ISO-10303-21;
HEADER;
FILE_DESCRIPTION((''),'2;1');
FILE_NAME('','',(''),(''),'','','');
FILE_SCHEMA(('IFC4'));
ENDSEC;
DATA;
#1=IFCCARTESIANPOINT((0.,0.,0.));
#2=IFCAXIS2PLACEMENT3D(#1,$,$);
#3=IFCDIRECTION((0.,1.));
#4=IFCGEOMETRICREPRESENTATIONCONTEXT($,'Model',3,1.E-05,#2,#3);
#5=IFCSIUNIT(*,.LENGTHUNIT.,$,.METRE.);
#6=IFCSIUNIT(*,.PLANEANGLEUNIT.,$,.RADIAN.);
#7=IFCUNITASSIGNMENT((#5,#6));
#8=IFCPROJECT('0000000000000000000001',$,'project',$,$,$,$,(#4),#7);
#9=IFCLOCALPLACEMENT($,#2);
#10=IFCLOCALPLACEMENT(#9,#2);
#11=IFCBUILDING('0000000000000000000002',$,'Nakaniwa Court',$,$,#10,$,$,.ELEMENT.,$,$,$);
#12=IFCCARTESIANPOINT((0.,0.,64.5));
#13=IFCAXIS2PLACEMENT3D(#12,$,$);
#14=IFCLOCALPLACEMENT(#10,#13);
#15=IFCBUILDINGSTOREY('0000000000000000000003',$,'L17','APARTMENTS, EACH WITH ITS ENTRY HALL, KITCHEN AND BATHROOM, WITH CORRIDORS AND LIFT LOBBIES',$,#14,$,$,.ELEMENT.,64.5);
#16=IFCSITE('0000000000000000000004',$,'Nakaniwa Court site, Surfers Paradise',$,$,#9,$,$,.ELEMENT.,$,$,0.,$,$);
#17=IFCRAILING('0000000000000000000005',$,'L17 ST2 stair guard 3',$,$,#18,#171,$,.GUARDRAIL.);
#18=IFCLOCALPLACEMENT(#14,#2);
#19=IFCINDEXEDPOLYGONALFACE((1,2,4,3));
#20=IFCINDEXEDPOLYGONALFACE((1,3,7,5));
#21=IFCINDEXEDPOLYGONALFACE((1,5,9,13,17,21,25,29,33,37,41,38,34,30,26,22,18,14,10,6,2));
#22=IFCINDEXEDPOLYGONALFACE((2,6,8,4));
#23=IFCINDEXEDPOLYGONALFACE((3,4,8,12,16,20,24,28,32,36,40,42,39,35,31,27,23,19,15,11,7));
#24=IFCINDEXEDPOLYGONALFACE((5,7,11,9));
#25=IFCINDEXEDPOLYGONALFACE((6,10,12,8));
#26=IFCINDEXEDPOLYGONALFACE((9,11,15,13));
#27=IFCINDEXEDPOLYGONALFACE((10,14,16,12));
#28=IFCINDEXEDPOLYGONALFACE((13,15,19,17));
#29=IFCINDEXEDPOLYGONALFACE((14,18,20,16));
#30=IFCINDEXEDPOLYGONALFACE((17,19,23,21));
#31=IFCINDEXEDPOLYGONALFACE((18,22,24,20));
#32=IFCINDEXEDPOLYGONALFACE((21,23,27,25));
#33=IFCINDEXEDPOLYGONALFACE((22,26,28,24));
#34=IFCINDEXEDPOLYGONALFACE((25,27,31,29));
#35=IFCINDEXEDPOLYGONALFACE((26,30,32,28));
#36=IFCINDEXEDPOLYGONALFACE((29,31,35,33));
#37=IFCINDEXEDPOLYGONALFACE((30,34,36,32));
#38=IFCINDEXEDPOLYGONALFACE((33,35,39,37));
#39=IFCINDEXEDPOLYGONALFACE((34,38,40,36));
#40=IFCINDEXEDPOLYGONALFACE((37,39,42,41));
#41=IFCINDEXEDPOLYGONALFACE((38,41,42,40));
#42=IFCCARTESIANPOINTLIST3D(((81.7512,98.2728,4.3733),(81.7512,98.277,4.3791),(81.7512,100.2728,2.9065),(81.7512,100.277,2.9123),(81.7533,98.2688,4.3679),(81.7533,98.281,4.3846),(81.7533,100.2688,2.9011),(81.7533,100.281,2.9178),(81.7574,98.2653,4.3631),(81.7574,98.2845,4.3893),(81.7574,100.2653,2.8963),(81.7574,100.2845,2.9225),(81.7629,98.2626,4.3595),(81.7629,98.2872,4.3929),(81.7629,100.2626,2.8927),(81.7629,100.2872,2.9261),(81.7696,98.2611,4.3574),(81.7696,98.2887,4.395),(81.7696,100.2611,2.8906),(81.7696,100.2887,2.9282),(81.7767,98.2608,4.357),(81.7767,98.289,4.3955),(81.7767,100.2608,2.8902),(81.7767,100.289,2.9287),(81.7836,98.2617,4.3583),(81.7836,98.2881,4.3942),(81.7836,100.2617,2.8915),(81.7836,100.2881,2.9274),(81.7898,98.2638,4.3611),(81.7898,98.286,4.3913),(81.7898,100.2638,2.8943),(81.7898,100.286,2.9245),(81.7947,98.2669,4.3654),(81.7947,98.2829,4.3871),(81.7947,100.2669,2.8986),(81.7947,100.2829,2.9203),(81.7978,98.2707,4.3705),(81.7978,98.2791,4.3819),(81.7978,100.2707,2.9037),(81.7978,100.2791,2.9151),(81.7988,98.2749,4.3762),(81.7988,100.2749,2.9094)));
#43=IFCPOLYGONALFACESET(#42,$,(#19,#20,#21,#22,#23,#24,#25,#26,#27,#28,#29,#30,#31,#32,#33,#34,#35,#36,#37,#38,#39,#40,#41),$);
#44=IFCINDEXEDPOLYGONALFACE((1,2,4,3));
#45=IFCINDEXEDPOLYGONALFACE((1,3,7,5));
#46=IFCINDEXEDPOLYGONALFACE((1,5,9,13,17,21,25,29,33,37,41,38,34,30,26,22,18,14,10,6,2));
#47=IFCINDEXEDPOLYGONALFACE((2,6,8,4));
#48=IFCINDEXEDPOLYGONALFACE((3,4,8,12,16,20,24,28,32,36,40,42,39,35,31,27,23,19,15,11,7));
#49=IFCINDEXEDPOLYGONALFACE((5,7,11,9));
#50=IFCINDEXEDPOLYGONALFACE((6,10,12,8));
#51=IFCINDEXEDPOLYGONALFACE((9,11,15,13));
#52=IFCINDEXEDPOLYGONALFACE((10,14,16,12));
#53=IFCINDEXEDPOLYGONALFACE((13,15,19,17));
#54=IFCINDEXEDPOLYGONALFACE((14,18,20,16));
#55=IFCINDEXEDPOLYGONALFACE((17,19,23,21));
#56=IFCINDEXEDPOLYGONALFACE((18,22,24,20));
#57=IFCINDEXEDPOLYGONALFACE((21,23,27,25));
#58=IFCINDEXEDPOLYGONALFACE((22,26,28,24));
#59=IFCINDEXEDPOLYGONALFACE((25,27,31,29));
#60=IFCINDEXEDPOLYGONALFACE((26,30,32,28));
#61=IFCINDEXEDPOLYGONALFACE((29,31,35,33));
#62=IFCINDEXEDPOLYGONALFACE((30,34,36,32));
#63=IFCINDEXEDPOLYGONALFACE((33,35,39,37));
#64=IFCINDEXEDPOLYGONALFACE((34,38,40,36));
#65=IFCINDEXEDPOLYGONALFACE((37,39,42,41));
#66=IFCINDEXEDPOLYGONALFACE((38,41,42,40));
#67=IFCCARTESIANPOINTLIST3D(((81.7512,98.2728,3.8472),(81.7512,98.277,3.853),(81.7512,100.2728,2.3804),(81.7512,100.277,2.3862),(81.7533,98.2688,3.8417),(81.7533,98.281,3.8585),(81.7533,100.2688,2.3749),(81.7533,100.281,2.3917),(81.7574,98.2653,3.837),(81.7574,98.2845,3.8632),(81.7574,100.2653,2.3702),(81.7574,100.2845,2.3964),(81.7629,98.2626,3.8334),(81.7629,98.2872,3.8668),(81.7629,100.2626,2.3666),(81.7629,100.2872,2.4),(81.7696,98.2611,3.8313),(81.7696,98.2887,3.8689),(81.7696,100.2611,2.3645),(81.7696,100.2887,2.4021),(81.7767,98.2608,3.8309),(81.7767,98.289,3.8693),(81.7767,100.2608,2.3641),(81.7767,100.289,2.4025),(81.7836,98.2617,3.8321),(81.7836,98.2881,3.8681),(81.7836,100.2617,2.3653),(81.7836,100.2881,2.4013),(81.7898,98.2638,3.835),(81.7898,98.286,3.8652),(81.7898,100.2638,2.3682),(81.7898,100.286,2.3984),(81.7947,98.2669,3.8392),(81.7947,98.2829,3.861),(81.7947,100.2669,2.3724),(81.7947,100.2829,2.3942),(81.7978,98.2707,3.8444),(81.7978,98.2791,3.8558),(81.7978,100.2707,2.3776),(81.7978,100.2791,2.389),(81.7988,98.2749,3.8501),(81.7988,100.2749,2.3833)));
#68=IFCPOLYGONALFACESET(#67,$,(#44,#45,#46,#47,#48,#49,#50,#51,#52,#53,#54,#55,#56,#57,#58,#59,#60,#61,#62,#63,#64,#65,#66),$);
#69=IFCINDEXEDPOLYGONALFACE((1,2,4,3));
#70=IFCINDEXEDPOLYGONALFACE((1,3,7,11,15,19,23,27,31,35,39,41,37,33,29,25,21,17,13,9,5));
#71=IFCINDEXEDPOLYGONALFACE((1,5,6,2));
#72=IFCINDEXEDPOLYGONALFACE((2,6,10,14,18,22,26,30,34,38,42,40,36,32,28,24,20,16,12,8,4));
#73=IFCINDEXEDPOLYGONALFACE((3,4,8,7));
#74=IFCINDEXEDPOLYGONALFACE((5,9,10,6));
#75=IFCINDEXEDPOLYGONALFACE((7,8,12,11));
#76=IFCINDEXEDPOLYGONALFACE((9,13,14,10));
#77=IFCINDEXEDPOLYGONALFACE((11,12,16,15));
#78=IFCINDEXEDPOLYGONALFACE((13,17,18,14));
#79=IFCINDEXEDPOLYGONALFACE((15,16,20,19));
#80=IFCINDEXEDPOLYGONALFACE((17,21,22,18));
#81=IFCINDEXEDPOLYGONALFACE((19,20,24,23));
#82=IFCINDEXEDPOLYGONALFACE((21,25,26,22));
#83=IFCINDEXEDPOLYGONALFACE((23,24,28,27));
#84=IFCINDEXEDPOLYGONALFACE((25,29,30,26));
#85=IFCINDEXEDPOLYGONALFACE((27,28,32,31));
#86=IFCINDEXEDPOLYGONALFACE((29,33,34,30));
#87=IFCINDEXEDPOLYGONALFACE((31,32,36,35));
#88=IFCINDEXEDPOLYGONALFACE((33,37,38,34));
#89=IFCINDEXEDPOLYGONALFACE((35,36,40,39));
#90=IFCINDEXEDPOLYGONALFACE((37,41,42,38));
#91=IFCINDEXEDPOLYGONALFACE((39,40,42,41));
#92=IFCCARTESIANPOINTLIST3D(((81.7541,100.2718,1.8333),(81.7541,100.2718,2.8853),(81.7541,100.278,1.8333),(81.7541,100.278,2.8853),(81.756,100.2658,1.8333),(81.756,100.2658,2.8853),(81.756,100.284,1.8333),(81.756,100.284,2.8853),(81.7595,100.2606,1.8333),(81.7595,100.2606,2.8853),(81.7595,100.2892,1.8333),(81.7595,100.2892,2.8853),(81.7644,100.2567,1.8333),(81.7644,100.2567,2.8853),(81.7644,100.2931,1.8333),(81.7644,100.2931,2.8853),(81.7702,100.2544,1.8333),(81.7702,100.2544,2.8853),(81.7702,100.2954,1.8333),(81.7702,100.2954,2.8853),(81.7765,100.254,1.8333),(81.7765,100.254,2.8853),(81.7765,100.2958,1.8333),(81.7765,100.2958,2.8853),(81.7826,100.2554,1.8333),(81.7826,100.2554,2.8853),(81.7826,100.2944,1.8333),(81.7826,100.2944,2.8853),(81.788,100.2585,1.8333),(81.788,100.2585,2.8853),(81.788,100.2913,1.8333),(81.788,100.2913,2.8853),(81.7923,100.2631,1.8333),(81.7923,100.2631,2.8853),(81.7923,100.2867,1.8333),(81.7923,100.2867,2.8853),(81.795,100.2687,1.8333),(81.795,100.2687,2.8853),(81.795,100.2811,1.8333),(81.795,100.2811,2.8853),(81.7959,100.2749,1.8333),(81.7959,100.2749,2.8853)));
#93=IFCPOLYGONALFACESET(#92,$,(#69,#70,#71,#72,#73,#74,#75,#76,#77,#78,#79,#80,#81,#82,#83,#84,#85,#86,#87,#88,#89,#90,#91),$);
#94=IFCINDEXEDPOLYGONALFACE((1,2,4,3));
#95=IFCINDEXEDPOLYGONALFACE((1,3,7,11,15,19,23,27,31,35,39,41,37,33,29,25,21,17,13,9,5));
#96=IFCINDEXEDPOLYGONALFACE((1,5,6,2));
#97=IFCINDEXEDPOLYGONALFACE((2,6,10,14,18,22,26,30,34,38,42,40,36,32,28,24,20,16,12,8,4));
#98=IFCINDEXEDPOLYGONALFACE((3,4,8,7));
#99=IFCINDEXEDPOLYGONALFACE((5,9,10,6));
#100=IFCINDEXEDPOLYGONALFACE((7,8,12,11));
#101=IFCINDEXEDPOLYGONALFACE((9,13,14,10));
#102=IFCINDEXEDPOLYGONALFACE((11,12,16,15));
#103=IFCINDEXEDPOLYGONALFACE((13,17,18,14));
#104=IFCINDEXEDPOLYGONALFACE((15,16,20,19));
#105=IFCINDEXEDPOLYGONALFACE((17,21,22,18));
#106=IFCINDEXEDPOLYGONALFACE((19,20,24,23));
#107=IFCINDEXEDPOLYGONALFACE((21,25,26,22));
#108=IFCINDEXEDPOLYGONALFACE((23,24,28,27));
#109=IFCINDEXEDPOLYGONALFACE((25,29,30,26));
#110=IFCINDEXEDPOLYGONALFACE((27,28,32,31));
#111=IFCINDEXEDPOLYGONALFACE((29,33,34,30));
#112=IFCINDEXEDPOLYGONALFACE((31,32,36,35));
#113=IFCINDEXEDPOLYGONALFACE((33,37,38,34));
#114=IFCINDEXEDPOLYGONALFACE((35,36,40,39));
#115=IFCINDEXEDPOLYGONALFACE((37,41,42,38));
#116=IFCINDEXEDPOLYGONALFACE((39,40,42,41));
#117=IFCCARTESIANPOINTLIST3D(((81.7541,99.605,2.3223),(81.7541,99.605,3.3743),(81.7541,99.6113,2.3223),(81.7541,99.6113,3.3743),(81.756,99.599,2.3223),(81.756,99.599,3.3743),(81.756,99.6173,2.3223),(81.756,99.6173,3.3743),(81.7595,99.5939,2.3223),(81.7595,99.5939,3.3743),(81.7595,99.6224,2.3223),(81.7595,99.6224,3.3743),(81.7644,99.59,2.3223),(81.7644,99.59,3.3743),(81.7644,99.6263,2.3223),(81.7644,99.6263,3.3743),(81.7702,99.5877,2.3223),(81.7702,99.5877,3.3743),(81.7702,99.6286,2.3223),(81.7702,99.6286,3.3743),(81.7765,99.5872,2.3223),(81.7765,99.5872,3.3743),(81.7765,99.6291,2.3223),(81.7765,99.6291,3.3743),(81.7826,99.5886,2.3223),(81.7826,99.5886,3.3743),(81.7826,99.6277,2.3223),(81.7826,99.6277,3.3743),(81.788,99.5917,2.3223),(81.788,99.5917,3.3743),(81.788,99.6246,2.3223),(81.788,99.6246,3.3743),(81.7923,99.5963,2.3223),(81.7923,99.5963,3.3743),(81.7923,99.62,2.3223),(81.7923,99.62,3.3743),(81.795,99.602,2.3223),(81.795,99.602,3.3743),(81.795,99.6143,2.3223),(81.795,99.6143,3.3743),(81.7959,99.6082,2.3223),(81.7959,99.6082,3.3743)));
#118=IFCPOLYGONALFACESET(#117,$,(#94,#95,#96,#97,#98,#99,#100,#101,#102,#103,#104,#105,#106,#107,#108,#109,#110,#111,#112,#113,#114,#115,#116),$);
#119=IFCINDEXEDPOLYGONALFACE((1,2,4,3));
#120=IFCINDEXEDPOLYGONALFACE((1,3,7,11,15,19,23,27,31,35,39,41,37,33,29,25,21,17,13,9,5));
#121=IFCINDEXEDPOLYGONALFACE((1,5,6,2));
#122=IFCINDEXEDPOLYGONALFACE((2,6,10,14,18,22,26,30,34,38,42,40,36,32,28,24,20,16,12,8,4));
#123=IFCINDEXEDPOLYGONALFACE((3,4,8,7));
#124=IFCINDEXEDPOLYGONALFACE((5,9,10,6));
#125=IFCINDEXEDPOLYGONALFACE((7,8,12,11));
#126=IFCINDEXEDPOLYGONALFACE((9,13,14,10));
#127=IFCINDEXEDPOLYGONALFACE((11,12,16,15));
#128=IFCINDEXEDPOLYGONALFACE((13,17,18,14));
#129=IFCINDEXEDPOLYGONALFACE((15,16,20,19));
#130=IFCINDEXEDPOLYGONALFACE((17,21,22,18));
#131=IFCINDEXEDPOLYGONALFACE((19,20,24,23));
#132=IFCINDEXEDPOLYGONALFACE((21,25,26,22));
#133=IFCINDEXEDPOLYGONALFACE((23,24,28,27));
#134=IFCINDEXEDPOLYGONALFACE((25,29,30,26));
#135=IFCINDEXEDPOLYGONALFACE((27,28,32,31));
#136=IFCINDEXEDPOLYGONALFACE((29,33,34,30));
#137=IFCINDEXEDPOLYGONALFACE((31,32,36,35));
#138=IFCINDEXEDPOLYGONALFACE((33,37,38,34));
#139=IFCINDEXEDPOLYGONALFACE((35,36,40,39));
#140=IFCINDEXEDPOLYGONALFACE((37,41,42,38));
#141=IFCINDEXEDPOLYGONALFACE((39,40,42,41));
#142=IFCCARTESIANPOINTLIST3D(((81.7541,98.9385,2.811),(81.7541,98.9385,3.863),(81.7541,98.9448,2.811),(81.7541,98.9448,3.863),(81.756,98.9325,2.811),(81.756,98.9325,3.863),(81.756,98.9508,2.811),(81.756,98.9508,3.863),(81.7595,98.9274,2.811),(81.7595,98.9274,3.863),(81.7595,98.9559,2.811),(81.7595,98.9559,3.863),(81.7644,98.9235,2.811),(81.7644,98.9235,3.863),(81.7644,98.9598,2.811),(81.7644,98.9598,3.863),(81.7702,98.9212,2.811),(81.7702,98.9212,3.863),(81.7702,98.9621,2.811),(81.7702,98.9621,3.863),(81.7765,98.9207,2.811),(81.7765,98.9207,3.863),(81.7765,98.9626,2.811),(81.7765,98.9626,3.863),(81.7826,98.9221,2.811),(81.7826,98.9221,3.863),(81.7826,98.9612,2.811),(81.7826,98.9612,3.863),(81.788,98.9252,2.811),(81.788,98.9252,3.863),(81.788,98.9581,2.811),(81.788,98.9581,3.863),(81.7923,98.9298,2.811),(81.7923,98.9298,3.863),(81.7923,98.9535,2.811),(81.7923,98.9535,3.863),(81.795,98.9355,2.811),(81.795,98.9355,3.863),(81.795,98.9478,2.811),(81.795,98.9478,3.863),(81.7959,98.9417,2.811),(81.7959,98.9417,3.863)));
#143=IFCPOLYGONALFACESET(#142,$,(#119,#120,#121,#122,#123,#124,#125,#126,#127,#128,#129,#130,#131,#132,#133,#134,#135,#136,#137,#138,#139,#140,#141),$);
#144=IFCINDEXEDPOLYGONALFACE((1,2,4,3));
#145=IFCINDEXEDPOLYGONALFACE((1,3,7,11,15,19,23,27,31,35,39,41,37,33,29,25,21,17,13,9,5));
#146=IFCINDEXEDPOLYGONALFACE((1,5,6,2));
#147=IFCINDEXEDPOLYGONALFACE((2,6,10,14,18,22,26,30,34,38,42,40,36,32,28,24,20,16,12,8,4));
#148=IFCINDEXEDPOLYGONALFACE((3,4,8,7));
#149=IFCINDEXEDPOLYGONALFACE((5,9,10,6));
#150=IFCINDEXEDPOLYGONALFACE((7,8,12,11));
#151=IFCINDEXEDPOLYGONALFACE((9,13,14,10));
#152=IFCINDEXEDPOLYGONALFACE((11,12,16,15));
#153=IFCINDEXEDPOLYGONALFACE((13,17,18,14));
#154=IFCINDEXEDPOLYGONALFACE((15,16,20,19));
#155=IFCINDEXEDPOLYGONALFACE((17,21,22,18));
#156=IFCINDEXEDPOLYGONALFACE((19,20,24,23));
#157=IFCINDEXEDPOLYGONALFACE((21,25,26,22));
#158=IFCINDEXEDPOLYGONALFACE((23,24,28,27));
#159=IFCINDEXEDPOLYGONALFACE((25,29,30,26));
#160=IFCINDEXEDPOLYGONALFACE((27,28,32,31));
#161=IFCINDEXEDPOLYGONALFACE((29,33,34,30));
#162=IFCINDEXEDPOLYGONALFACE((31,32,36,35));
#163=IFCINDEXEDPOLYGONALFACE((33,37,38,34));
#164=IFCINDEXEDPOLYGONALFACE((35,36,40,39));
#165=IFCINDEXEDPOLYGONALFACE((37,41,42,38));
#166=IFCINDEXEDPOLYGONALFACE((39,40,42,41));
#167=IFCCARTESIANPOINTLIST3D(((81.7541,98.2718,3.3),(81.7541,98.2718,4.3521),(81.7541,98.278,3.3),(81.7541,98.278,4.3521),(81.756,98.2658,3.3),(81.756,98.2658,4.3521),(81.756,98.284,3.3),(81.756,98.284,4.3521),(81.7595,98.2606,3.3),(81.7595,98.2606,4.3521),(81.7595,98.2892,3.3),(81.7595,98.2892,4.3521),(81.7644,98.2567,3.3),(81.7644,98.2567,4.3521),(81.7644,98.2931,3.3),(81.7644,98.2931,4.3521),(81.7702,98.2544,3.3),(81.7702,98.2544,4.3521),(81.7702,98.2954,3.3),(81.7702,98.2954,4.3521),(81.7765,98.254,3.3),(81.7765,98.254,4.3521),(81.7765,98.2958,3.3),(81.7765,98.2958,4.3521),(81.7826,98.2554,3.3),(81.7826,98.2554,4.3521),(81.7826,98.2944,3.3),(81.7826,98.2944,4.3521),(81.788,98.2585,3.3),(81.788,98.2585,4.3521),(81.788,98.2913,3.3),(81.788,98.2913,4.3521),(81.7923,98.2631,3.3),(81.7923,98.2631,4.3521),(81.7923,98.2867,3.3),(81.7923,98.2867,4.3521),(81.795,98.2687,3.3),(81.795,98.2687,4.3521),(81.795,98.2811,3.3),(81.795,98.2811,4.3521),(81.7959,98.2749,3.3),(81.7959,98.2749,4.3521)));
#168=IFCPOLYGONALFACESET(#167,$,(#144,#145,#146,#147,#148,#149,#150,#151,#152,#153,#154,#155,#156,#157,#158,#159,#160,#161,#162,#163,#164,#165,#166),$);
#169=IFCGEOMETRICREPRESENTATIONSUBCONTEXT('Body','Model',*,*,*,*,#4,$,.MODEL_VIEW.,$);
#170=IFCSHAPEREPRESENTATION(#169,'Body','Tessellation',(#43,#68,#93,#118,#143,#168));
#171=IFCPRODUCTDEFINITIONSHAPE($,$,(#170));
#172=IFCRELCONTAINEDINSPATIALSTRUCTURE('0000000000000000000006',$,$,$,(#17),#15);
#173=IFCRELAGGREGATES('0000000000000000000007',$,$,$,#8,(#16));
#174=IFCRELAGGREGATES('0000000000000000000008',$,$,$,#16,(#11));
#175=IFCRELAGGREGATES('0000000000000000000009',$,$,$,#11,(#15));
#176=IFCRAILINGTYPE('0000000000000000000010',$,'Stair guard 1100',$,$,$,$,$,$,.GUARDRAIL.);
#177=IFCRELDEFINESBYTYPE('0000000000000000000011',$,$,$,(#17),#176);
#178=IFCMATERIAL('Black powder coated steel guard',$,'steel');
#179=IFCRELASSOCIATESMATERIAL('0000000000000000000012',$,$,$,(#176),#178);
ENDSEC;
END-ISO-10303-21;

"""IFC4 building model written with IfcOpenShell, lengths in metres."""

from ifc_helpers import new_model, si_unit, direction, frame, origin, origin_2d, place, context, subcontext, project, spatial, circle, extrude, material, type_object, element, save


model = new_model("IFC4")

# Units and contexts
model_context = context("Model", 3, precision=1e-05, world=origin(), true_north=direction((0.0, 1.0)))
body_context = subcontext(model_context, "Body", "Model", "MODEL_VIEW")
ifc_project = project(units=[si_unit("LENGTHUNIT", "METRE"), si_unit("PLANEANGLEUNIT", "RADIAN")], contexts=[model_context])

# Site, building, storey
site_placement = place(None, origin())
site = spatial("IfcSite", under=ifc_project, at=site_placement, Name="Nakaniwa Court site, Surfers Paradise", CompositionType="ELEMENT", RefElevation=0.0)
building_placement = place(site_placement, origin())
building = spatial("IfcBuilding", under=site, at=building_placement, Name="Nakaniwa Court", CompositionType="ELEMENT")
storey_placement = place(building_placement, frame((0.0, 0.0, 64.5)))
storey = spatial("IfcBuildingStorey", under=building, at=storey_placement, Name="L17", Description="APARTMENTS, EACH WITH ITS ENTRY HALL, KITCHEN AND BATHROOM, WITH CORRIDORS AND LIFT LOBBIES", CompositionType="ELEMENT", Elevation=64.5)

# Railing
ifc_material_1 = material(Name="Black powder coated steel guard", Category="steel")
railing_type_1 = type_object("IfcRailingType", Name="Stair guard 1100", PredefinedType="GUARDRAIL", material=ifc_material_1)
railing_1_placement = place(storey_placement, frame((81.7749, 100.2749, 1.8333)))
element("IfcRailing", 1, at=railing_1_placement, inside=storey, type_object=railing_type_1, Name="L17 ST2 stair guard 3", PredefinedType="GUARDRAIL", context=body_context, shape_type="SweptSolid", body=[
    extrude(circle(Radius=0.0239, at=origin_2d()), frame((0.0, 0.0, 1.0762), z_axis=(0.0, -0.80638, 0.591398), x_axis=(1.0, 0.0, 0.0)), (0.0, 0.0, 1.0), 2.4802),
    extrude(circle(Radius=0.0239, at=origin_2d()), frame((0.0, 0.0, 0.55), z_axis=(0.0, -0.80638, 0.591398), x_axis=(1.0, 0.0, 0.0)), (0.0, 0.0, 1.0), 2.4802),
    extrude(circle(Radius=0.021, at=origin_2d()), origin(), (0.0, 0.0, 1.0), 1.052),
    extrude(circle(Radius=0.021, at=origin_2d()), frame((0.0, -0.6667, 0.489)), (0.0, 0.0, 1.0), 1.052),
    extrude(circle(Radius=0.021, at=origin_2d()), frame((0.0, -1.3333, 0.9778)), (0.0, 0.0, 1.0), 1.052),
    extrude(circle(Radius=0.021, at=origin_2d()), frame((0.0, -2.0, 1.4668)), (0.0, 0.0, 1.0), 1.052),
])

save(model, "model.ifc")
